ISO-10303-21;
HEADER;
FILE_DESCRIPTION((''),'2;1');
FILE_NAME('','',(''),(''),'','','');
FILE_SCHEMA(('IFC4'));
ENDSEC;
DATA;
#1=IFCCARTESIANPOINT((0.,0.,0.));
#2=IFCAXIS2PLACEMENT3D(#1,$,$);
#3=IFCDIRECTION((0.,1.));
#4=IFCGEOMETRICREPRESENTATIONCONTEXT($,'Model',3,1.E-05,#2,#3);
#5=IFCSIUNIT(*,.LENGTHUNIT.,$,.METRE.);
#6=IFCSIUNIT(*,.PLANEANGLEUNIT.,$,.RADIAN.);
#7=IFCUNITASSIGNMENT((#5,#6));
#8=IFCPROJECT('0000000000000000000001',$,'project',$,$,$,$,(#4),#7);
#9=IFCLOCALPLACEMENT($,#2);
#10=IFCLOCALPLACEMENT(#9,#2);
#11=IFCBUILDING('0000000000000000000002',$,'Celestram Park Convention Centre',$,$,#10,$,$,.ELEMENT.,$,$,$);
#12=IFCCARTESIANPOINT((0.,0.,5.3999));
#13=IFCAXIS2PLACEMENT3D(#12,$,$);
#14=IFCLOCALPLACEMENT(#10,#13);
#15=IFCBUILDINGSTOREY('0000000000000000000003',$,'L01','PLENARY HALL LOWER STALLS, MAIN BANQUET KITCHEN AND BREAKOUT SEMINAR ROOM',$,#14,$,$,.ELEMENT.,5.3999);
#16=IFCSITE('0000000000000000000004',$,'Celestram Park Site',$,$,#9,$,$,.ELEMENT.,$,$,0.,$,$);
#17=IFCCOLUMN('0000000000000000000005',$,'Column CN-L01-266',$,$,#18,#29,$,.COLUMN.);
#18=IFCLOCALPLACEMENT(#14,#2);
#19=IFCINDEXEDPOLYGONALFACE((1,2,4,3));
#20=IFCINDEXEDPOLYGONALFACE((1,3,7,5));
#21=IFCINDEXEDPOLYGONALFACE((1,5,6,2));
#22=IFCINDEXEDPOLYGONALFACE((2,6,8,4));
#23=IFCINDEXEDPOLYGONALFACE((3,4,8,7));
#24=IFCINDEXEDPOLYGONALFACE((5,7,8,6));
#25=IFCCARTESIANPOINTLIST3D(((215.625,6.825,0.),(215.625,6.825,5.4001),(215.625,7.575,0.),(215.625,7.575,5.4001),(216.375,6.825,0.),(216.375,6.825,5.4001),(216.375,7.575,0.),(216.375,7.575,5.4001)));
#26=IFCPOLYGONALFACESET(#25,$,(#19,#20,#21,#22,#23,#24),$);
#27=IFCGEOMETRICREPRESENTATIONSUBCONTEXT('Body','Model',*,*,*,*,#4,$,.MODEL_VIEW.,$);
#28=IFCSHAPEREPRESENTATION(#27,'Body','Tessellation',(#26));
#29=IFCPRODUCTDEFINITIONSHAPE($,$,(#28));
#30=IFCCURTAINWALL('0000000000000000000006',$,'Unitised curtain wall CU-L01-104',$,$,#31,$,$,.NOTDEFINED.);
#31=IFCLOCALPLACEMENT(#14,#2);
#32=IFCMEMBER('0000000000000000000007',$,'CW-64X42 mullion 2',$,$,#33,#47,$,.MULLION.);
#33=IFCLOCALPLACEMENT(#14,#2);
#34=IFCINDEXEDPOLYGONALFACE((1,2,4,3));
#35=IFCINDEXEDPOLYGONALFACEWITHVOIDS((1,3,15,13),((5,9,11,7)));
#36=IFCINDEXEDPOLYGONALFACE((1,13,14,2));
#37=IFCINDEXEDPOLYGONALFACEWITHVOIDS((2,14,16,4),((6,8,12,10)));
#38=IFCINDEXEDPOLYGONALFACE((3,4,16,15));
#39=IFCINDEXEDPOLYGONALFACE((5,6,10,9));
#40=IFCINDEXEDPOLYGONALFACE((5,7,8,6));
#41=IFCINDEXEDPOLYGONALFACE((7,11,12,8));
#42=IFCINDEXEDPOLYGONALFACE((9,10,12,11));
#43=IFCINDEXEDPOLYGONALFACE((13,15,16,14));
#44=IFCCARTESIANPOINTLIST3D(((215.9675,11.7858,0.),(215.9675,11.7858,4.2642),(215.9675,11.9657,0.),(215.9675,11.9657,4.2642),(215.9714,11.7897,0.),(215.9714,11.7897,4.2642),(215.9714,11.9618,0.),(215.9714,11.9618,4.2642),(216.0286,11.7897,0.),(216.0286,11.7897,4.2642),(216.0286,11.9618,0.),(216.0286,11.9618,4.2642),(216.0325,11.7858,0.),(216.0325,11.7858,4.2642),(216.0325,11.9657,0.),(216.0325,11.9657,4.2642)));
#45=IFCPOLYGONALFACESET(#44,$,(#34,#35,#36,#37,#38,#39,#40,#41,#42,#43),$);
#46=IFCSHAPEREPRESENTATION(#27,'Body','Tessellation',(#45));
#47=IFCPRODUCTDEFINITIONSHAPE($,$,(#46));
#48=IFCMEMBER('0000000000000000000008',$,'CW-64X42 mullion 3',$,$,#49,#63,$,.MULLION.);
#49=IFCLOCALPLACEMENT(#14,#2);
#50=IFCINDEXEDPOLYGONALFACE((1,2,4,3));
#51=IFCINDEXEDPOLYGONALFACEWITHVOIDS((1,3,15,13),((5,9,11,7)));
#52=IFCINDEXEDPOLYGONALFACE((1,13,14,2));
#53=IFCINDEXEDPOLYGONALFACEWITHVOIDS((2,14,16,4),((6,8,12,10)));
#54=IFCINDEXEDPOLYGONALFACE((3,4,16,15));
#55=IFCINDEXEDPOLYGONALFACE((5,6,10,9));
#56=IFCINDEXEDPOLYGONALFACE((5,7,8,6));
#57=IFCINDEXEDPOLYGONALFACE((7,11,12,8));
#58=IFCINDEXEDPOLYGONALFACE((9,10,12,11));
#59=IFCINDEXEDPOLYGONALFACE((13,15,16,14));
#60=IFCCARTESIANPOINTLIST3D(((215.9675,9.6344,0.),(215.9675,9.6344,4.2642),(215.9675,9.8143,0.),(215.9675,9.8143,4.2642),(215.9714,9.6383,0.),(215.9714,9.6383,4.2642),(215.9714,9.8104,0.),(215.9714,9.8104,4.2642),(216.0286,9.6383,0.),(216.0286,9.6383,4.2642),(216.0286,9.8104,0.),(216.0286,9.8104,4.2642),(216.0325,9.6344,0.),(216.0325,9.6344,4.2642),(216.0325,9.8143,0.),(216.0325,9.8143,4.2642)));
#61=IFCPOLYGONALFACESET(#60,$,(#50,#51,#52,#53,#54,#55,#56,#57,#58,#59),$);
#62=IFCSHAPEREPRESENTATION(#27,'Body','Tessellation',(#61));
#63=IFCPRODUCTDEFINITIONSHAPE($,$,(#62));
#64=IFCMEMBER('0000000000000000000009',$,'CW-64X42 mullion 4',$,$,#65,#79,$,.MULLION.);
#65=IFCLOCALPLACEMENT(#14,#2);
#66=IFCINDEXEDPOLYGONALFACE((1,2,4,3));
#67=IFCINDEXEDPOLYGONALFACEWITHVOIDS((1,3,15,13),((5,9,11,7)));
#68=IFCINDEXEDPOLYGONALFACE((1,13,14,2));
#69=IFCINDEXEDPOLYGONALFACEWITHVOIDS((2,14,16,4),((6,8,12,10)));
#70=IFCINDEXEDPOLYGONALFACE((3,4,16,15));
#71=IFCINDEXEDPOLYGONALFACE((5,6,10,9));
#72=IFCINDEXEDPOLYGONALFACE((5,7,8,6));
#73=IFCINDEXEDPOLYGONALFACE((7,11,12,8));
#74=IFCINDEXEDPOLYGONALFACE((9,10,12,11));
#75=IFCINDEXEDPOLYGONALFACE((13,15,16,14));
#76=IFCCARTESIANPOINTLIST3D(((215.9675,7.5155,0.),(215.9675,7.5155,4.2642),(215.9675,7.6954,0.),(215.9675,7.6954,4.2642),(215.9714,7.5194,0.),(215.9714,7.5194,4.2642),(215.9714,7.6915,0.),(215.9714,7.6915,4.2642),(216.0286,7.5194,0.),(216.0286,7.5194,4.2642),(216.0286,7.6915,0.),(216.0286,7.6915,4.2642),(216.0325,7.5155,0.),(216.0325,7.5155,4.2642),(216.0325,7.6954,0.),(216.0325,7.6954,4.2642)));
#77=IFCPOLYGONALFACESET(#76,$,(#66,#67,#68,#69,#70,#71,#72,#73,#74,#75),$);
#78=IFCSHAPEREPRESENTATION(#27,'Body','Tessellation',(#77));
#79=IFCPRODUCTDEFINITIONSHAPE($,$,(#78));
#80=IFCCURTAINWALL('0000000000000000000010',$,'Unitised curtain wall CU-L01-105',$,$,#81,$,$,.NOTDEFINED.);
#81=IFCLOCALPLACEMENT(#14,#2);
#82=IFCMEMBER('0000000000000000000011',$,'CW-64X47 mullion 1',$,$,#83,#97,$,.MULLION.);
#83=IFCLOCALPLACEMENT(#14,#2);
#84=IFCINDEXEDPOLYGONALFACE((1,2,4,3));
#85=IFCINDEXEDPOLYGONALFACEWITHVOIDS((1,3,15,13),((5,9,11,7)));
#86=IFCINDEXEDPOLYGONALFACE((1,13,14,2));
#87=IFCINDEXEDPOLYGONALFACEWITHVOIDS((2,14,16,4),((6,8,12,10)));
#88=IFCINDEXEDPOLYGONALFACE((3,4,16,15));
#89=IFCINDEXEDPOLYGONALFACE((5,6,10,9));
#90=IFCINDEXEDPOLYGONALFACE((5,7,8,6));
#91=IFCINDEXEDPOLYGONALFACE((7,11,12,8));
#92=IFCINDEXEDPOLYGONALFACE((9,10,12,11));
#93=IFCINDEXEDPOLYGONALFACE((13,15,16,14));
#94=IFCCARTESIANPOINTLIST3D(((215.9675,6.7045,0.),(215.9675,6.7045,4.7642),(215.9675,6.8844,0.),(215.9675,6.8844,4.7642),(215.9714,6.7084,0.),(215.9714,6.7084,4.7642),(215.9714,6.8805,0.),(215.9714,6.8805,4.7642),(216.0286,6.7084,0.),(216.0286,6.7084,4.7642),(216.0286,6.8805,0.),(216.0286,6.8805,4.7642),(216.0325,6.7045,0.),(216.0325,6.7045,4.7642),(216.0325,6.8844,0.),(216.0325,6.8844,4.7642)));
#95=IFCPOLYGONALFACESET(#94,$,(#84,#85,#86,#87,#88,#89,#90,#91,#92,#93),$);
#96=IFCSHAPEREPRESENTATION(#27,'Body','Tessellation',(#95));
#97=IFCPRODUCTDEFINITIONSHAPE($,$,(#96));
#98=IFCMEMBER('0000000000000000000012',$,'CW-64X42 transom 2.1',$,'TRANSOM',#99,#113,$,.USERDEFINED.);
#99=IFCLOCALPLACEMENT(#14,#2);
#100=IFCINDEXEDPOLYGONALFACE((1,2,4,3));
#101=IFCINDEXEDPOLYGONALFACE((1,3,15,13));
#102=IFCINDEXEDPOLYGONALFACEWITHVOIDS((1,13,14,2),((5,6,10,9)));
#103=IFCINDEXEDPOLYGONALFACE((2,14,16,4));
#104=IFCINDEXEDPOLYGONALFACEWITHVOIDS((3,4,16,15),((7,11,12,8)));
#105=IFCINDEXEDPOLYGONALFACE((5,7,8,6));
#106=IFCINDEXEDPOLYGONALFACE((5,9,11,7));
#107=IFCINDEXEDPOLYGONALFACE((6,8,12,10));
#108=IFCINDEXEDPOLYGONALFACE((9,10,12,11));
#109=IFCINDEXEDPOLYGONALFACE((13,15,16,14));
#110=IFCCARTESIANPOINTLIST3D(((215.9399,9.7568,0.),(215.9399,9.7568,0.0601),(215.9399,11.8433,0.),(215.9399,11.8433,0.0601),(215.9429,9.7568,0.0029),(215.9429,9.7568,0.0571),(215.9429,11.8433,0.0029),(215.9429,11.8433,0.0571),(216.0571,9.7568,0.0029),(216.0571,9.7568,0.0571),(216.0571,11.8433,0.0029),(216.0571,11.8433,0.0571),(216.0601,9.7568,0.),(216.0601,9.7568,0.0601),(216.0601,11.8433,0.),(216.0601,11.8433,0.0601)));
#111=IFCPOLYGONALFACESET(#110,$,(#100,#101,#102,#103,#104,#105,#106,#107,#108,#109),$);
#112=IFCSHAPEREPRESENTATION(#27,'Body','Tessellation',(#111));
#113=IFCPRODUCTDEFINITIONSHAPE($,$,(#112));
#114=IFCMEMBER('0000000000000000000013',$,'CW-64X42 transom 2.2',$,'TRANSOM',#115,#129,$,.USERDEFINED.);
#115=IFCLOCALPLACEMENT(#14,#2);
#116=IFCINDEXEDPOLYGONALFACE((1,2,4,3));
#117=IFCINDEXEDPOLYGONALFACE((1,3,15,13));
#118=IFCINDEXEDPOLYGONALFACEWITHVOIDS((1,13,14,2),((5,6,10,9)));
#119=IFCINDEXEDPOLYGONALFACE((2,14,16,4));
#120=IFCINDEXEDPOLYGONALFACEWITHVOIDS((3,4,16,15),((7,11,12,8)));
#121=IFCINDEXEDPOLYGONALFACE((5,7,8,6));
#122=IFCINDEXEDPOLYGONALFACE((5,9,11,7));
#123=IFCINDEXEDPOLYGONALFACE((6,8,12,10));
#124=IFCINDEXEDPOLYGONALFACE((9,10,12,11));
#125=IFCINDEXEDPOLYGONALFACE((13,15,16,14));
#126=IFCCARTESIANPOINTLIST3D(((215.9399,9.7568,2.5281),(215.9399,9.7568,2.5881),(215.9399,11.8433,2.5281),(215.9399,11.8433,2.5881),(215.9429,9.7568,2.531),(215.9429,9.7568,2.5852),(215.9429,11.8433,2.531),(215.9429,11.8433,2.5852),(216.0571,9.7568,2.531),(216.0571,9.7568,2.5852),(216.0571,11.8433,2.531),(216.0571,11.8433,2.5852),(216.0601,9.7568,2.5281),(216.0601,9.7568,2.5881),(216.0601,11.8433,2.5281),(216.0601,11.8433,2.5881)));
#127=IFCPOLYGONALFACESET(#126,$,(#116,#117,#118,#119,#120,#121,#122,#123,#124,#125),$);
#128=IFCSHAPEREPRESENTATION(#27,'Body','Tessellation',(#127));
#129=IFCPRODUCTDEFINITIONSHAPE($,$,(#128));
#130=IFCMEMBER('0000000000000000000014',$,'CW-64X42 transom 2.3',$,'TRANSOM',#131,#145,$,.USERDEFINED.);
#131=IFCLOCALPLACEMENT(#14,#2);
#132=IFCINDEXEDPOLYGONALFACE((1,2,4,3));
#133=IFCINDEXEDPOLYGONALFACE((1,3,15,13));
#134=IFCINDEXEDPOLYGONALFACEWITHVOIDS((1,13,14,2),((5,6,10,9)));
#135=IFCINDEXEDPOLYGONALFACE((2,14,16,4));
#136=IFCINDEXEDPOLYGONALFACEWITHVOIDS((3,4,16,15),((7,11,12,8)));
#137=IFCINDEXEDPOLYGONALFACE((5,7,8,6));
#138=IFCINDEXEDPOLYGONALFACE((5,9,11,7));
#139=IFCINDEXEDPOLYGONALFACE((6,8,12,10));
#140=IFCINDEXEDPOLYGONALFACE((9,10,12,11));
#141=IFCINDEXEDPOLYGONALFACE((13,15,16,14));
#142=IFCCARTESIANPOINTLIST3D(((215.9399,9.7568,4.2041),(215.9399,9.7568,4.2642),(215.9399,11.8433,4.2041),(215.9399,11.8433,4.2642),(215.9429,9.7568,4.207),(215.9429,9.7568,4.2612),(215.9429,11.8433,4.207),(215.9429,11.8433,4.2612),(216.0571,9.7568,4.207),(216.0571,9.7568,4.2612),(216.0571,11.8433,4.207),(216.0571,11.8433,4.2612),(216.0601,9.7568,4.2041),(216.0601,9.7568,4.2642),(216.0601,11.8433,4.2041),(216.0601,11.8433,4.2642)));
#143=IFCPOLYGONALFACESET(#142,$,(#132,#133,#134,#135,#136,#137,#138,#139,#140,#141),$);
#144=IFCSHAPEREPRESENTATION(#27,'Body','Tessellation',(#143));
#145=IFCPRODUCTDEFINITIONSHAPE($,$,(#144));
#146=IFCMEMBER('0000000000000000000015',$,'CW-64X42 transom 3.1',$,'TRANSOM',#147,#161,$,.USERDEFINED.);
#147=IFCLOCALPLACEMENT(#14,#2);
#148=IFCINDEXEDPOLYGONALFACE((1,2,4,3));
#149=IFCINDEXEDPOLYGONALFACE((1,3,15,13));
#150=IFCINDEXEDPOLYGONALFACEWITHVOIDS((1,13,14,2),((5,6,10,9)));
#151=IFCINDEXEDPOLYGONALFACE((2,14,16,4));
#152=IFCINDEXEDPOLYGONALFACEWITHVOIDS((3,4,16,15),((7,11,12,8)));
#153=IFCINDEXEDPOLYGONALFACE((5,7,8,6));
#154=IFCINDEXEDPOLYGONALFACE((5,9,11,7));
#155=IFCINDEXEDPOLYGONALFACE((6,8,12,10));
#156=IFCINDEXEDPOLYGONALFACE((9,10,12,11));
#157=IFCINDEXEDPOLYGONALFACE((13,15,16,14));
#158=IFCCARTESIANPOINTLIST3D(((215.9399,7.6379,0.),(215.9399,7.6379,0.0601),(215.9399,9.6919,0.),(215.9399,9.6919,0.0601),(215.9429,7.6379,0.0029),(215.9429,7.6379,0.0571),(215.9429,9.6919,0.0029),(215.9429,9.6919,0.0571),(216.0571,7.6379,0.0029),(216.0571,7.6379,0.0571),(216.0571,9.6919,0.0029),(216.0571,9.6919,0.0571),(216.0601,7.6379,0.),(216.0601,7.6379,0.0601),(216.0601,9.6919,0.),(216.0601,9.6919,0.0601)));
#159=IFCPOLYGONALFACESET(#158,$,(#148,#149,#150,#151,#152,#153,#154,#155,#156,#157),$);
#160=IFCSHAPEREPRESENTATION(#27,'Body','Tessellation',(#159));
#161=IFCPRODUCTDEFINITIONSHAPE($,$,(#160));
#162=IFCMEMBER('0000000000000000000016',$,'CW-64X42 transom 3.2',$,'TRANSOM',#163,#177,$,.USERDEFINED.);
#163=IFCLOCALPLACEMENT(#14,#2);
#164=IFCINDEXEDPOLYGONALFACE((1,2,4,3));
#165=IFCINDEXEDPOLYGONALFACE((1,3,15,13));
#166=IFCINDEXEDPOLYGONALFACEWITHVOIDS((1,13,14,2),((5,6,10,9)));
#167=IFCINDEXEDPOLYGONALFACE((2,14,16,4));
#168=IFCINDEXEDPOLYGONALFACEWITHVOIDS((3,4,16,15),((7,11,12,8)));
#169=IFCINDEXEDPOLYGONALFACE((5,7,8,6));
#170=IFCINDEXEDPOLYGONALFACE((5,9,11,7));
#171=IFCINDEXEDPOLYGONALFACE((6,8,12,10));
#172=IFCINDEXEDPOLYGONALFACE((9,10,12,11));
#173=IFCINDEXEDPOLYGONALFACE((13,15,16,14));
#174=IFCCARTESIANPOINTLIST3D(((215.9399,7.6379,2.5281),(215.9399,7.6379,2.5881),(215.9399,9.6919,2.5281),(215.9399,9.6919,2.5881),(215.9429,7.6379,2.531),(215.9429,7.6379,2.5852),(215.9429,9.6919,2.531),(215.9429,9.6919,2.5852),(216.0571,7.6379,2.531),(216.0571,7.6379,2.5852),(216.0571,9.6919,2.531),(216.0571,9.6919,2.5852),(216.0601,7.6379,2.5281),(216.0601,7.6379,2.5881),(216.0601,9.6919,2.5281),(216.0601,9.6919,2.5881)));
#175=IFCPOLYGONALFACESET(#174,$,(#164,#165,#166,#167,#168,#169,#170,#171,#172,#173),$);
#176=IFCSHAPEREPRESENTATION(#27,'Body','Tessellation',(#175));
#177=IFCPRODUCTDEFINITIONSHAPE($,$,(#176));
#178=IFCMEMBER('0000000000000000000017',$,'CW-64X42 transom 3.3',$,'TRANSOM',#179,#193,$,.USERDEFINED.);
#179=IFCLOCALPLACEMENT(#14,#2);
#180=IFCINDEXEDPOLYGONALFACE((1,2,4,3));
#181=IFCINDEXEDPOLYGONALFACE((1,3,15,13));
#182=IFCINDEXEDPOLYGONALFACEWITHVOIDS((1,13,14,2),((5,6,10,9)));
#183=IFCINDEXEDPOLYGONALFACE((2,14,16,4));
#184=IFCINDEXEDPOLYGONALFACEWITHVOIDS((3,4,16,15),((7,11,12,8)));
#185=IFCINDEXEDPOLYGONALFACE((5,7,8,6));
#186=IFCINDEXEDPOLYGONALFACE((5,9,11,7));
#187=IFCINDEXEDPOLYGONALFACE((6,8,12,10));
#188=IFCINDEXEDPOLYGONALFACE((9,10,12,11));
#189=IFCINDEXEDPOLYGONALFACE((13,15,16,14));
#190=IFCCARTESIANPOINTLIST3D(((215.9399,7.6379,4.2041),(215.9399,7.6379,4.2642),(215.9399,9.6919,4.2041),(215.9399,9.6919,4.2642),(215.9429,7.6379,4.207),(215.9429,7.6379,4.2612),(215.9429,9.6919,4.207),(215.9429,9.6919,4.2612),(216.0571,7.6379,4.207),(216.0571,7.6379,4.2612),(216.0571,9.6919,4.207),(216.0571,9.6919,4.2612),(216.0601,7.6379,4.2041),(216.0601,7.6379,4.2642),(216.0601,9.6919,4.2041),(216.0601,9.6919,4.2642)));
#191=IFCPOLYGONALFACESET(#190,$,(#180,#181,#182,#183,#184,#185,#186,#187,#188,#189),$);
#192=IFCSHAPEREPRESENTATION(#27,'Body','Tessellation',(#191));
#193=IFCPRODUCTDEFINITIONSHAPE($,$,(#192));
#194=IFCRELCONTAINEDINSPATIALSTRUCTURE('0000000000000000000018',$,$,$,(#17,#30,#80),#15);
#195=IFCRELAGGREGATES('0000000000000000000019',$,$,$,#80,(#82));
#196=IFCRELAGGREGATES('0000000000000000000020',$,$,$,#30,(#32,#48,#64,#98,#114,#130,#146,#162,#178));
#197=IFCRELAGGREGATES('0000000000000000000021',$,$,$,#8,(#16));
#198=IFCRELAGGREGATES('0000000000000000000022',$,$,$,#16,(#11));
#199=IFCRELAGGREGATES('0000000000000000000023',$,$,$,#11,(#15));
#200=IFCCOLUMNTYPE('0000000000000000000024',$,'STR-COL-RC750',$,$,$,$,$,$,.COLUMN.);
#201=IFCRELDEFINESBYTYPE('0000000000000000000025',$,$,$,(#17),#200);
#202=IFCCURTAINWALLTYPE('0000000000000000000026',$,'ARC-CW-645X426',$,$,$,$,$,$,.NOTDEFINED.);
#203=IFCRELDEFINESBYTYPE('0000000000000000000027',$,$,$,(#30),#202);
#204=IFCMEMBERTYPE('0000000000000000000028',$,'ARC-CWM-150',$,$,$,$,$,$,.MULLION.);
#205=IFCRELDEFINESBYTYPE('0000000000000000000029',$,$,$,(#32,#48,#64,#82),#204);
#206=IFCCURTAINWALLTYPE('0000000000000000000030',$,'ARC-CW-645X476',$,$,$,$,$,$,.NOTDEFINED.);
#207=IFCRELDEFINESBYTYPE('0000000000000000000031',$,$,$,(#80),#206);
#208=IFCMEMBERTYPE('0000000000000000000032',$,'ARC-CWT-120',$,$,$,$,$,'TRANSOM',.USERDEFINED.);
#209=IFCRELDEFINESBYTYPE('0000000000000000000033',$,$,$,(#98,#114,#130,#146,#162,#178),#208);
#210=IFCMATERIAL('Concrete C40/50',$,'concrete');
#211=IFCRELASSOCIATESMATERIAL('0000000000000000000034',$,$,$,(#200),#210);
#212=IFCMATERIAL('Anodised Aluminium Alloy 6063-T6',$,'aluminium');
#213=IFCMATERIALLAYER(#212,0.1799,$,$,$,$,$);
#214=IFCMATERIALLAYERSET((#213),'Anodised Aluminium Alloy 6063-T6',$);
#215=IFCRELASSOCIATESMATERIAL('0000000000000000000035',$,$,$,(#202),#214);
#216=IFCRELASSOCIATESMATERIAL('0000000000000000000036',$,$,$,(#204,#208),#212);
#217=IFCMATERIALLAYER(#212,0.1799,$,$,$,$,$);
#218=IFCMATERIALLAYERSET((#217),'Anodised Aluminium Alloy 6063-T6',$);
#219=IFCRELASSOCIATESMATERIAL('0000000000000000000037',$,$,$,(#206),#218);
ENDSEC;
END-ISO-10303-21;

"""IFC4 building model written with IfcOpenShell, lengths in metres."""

from ifc_helpers import new_model, si_unit, direction, frame, origin, origin_2d, place, context, subcontext, project, spatial, rectangle, hollow_rectangle, extrude, material, layer, layer_set, material_profile, profile_set, type_object, element, aggregate, save


model = new_model("IFC4")

# Units and contexts
model_context = context("Model", 3, precision=1e-05, world=origin(), true_north=direction((0.0, 1.0)))
body_context = subcontext(model_context, "Body", "Model", "MODEL_VIEW")
ifc_project = project(units=[si_unit("LENGTHUNIT", "METRE"), si_unit("PLANEANGLEUNIT", "RADIAN")], contexts=[model_context])

# Site, building, storey
site_placement = place(None, origin())
site = spatial("IfcSite", under=ifc_project, at=site_placement, Name="Celestram Park Site", CompositionType="ELEMENT", RefElevation=0.0)
building_placement = place(site_placement, origin())
building = spatial("IfcBuilding", under=site, at=building_placement, Name="Celestram Park Convention Centre", CompositionType="ELEMENT")
storey_placement = place(building_placement, frame((0.0, 0.0, 5.3999)))
storey = spatial("IfcBuildingStorey", under=building, at=storey_placement, Name="L01", Description="PLENARY HALL LOWER STALLS, MAIN BANQUET KITCHEN AND BREAKOUT SEMINAR ROOM", CompositionType="ELEMENT", Elevation=5.3999)

# Column
ifc_material_1 = material(Name="Concrete C40/50", Category="concrete")
ifc_material_profile_1 = material_profile(ifc_material_1, rectangle(XDim=0.75, YDim=0.75, at=origin_2d()), Name="RC750X750")
ifc_profile_set_1 = profile_set([ifc_material_profile_1], Name="Concrete C40/50")
column_type = type_object("IfcColumnType", Name="STR-COL-RC750", PredefinedType="COLUMN", material=ifc_profile_set_1)
column_placement = place(storey_placement, frame((216.0, 7.2, 0.0), z_axis=(0.0, 0.0, 1.0), x_axis=(1.0, 0.0, 0.0)))
element("IfcColumn", 1, at=column_placement, inside=storey, type_object=column_type, Name="Column CN-L01-266", PredefinedType="COLUMN", context=body_context, shape_type="SweptSolid", body=[
    extrude(rectangle(XDim=0.75, YDim=0.75, at=origin_2d()), origin(), (0.0, 0.0, 1.0), 5.4001),
])

# Curtain wall, members
ifc_material_2 = material(Name="Anodised Aluminium Alloy 6063-T6", Category="aluminium")
ifc_layer_1 = layer(ifc_material_2, 0.1799)
ifc_layer_set_1 = layer_set([ifc_layer_1], Name="Anodised Aluminium Alloy 6063-T6")
curtain_wall_type_1 = type_object("IfcCurtainWallType", Name="ARC-CW-645X426", PredefinedType="NOTDEFINED", material=ifc_layer_set_1)
curtain_wall_1_placement = place(storey_placement, origin())
curtain_wall_1 = element("IfcCurtainWall", 2, at=curtain_wall_1_placement, inside=storey, type_object=curtain_wall_type_1, Name="Unitised curtain wall CU-L01-104", PredefinedType="NOTDEFINED")
ifc_material_profile_2 = material_profile(ifc_material_2, hollow_rectangle(XDim=0.0649, YDim=0.1799, WallThickness=0.0039, at=origin_2d()), Name="ALU65X180X4")
ifc_profile_set_2 = profile_set([ifc_material_profile_2], Name="Anodised Aluminium Alloy 6063-T6")
member_type_1 = type_object("IfcMemberType", Name="ARC-CWM-150", PredefinedType="MULLION", material=ifc_profile_set_2)
member_1_placement = place(storey_placement, frame((216.0, 11.8757, 0.0), z_axis=(0.0, 0.0, 1.0), x_axis=(1.0, 0.0, 0.0)))
member_1 = element("IfcMember", 3, at=member_1_placement, type_object=member_type_1, Name="CW-64X42 mullion 2", PredefinedType="MULLION", context=body_context, shape_type="SweptSolid", body=[
    extrude(hollow_rectangle(XDim=0.0649, YDim=0.1799, WallThickness=0.0039, at=origin_2d()), origin(), (0.0, 0.0, 1.0), 4.2642),
])
member_2_placement = place(storey_placement, frame((216.0, 9.7244, 0.0), z_axis=(0.0, 0.0, 1.0), x_axis=(1.0, 0.0, 0.0)))
member_2 = element("IfcMember", 4, at=member_2_placement, type_object=member_type_1, Name="CW-64X42 mullion 3", PredefinedType="MULLION", context=body_context, shape_type="SweptSolid", body=[
    extrude(hollow_rectangle(XDim=0.0649, YDim=0.1799, WallThickness=0.0039, at=origin_2d()), origin(), (0.0, 0.0, 1.0), 4.2642),
])
member_3_placement = place(storey_placement, frame((216.0, 7.6055, 0.0), z_axis=(0.0, 0.0, 1.0), x_axis=(1.0, 0.0, 0.0)))
member_3 = element("IfcMember", 5, at=member_3_placement, type_object=member_type_1, Name="CW-64X42 mullion 4", PredefinedType="MULLION", context=body_context, shape_type="SweptSolid", body=[
    extrude(hollow_rectangle(XDim=0.0649, YDim=0.1799, WallThickness=0.0039, at=origin_2d()), origin(), (0.0, 0.0, 1.0), 4.2642),
])

# Curtain wall, member
ifc_layer_2 = layer(ifc_material_2, 0.1799)
ifc_layer_set_2 = layer_set([ifc_layer_2], Name="Anodised Aluminium Alloy 6063-T6")
curtain_wall_type_2 = type_object("IfcCurtainWallType", Name="ARC-CW-645X476", PredefinedType="NOTDEFINED", material=ifc_layer_set_2)
curtain_wall_2_placement = place(storey_placement, origin())
curtain_wall_2 = element("IfcCurtainWall", 6, at=curtain_wall_2_placement, inside=storey, type_object=curtain_wall_type_2, Name="Unitised curtain wall CU-L01-105", PredefinedType="NOTDEFINED")
member_4_placement = place(storey_placement, frame((216.0, 6.7944, 0.0), z_axis=(0.0, 0.0, 1.0), x_axis=(1.0, 0.0, 0.0)))
member_4 = element("IfcMember", 7, at=member_4_placement, type_object=member_type_1, Name="CW-64X47 mullion 1", PredefinedType="MULLION", context=body_context, shape_type="SweptSolid", body=[
    extrude(hollow_rectangle(XDim=0.0649, YDim=0.1799, WallThickness=0.0039, at=origin_2d()), origin(), (0.0, 0.0, 1.0), 4.7642),
])
aggregate(curtain_wall_2, [member_4])

# Members
ifc_material_profile_3 = material_profile(ifc_material_2, hollow_rectangle(XDim=0.1201, YDim=0.0601, WallThickness=0.0029, at=origin_2d()), Name="ALU120X60X3")
ifc_profile_set_3 = profile_set([ifc_material_profile_3], Name="Anodised Aluminium Alloy 6063-T6")
member_type_2 = type_object("IfcMemberType", Name="ARC-CWT-120", ElementType="TRANSOM", PredefinedType="USERDEFINED", material=ifc_profile_set_3)
member_5_placement = place(storey_placement, frame((216.0, 11.8433, 0.03), z_axis=(0.0, -1.0, 0.0), x_axis=(1.0, 0.0, 0.0)))
member_5 = element("IfcMember", 8, at=member_5_placement, type_object=member_type_2, Name="CW-64X42 transom 2.1", ObjectType="TRANSOM", PredefinedType="USERDEFINED", context=body_context, shape_type="SweptSolid", body=[
    extrude(hollow_rectangle(XDim=0.1201, YDim=0.0601, WallThickness=0.0029, at=origin_2d()), origin(), (0.0, 0.0, 1.0), 2.0864),
])
member_6_placement = place(storey_placement, frame((216.0, 11.8433, 2.5581), z_axis=(0.0, -1.0, 0.0), x_axis=(1.0, 0.0, 0.0)))
member_6 = element("IfcMember", 9, at=member_6_placement, type_object=member_type_2, Name="CW-64X42 transom 2.2", ObjectType="TRANSOM", PredefinedType="USERDEFINED", context=body_context, shape_type="SweptSolid", body=[
    extrude(hollow_rectangle(XDim=0.1201, YDim=0.0601, WallThickness=0.0029, at=origin_2d()), origin(), (0.0, 0.0, 1.0), 2.0864),
])
member_7_placement = place(storey_placement, frame((216.0, 11.8433, 4.2341), z_axis=(0.0, -1.0, 0.0), x_axis=(1.0, 0.0, 0.0)))
member_7 = element("IfcMember", 10, at=member_7_placement, type_object=member_type_2, Name="CW-64X42 transom 2.3", ObjectType="TRANSOM", PredefinedType="USERDEFINED", context=body_context, shape_type="SweptSolid", body=[
    extrude(hollow_rectangle(XDim=0.1201, YDim=0.0601, WallThickness=0.0029, at=origin_2d()), origin(), (0.0, 0.0, 1.0), 2.0864),
])
member_8_placement = place(storey_placement, frame((216.0, 9.6919, 0.03), z_axis=(0.0, -1.0, 0.0), x_axis=(1.0, 0.0, 0.0)))
member_8 = element("IfcMember", 11, at=member_8_placement, type_object=member_type_2, Name="CW-64X42 transom 3.1", ObjectType="TRANSOM", PredefinedType="USERDEFINED", context=body_context, shape_type="SweptSolid", body=[
    extrude(hollow_rectangle(XDim=0.1201, YDim=0.0601, WallThickness=0.0029, at=origin_2d()), origin(), (0.0, 0.0, 1.0), 2.054),
])
member_9_placement = place(storey_placement, frame((216.0, 9.6919, 2.5581), z_axis=(0.0, -1.0, 0.0), x_axis=(1.0, 0.0, 0.0)))
member_9 = element("IfcMember", 12, at=member_9_placement, type_object=member_type_2, Name="CW-64X42 transom 3.2", ObjectType="TRANSOM", PredefinedType="USERDEFINED", context=body_context, shape_type="SweptSolid", body=[
    extrude(hollow_rectangle(XDim=0.1201, YDim=0.0601, WallThickness=0.0029, at=origin_2d()), origin(), (0.0, 0.0, 1.0), 2.054),
])
member_10_placement = place(storey_placement, frame((216.0, 9.6919, 4.2341), z_axis=(0.0, -1.0, 0.0), x_axis=(1.0, 0.0, 0.0)))
member_10 = element("IfcMember", 13, at=member_10_placement, type_object=member_type_2, Name="CW-64X42 transom 3.3", ObjectType="TRANSOM", PredefinedType="USERDEFINED", context=body_context, shape_type="SweptSolid", body=[
    extrude(hollow_rectangle(XDim=0.1201, YDim=0.0601, WallThickness=0.0029, at=origin_2d()), origin(), (0.0, 0.0, 1.0), 2.054),
])

aggregate(curtain_wall_1, [member_1, member_2, member_3, member_5, member_6, member_7, member_8, member_9, member_10])

save(model, "model.ifc")
